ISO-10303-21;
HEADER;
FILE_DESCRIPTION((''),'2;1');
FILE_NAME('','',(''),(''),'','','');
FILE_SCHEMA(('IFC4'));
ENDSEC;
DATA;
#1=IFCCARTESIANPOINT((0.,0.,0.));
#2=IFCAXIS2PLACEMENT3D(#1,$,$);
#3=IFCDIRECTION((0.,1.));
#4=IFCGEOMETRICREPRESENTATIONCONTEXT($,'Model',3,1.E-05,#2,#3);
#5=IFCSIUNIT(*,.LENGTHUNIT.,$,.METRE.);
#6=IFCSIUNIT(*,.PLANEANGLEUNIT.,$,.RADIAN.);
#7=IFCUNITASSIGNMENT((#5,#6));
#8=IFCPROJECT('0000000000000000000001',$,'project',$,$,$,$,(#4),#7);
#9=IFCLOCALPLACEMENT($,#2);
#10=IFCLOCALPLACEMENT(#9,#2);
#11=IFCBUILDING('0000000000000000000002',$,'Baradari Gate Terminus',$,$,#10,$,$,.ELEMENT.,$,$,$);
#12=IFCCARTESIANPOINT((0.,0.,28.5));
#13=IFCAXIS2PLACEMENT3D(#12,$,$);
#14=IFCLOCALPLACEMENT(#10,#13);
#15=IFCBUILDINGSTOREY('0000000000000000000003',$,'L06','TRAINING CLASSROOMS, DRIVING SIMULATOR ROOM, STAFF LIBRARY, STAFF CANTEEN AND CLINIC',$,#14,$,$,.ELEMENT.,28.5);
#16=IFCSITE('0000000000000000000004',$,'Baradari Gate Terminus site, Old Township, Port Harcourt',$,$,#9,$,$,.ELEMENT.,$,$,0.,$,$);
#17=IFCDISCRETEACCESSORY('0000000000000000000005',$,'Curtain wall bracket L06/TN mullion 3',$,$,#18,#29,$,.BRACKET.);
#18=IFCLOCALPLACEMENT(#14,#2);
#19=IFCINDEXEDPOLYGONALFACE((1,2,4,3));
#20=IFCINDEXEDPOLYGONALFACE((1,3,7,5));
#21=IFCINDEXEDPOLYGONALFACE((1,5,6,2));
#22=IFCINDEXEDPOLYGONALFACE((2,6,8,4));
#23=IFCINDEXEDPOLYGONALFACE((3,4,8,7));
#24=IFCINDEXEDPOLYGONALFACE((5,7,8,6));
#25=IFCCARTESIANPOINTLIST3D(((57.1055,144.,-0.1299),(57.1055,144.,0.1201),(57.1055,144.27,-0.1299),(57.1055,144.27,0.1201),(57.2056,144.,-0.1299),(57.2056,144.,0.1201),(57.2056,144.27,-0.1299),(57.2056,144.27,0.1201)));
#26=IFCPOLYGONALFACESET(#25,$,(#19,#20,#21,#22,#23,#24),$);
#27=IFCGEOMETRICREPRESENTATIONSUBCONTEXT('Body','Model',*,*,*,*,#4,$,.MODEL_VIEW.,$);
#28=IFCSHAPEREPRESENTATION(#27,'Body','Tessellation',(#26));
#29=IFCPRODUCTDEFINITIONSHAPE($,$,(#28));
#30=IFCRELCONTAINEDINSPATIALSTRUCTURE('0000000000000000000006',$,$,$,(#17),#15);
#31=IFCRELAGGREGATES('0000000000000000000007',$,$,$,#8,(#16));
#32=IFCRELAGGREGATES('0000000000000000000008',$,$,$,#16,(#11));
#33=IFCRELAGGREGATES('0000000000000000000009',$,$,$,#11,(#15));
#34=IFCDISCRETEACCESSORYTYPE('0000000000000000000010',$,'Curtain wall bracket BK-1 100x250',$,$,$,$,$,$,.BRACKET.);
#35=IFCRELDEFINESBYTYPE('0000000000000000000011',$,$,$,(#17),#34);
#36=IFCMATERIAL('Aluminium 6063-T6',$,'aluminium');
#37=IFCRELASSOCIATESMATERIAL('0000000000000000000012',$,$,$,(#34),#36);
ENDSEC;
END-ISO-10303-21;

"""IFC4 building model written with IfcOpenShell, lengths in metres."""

from ifc_helpers import new_model, si_unit, direction, frame, origin, origin_2d, place, context, subcontext, project, spatial, rectangle, extrude, material, type_object, element, save


model = new_model("IFC4")

# Units and contexts
model_context = context("Model", 3, precision=1e-05, world=origin(), true_north=direction((0.0, 1.0)))
body_context = subcontext(model_context, "Body", "Model", "MODEL_VIEW")
ifc_project = project(units=[si_unit("LENGTHUNIT", "METRE"), si_unit("PLANEANGLEUNIT", "RADIAN")], contexts=[model_context])

# Site, building, storey
site_placement = place(None, origin())
site = spatial("IfcSite", under=ifc_project, at=site_placement, Name="Baradari Gate Terminus site, Old Township, Port Harcourt", CompositionType="ELEMENT", RefElevation=0.0)
building_placement = place(site_placement, origin())
building = spatial("IfcBuilding", under=site, at=building_placement, Name="Baradari Gate Terminus", CompositionType="ELEMENT")
storey_placement = place(building_placement, frame((0.0, 0.0, 28.5)))
storey = spatial("IfcBuildingStorey", under=building, at=storey_placement, Name="L06", Description="TRAINING CLASSROOMS, DRIVING SIMULATOR ROOM, STAFF LIBRARY, STAFF CANTEEN AND CLINIC", CompositionType="ELEMENT", Elevation=28.5)

# Discrete accessory
ifc_material_1 = material(Name="Aluminium 6063-T6", Category="aluminium")
discrete_accessory_type = type_object("IfcDiscreteAccessoryType", Name="Curtain wall bracket BK-1 100x250", PredefinedType="BRACKET", material=ifc_material_1)
for number, where, z_axis, x_axis, name in (
    (1, (57.1555, 144.135, -0.1299), (0.0, 0.0, 1.0), (0.0, 1.0, 0.0), "Curtain wall bracket L06/TN mullion 3"),
):
    element("IfcDiscreteAccessory", number, at=place(storey_placement, frame(where, z_axis=z_axis, x_axis=x_axis)), inside=storey, type_object=discrete_accessory_type, Name=name, PredefinedType="BRACKET", context=body_context, shape_type="SweptSolid", body=[
        extrude(rectangle(XDim=0.27, YDim=0.1001, at=origin_2d()), origin(), (0.0, 0.0, 1.0), 0.25),
    ])

save(model, "model.ifc")
